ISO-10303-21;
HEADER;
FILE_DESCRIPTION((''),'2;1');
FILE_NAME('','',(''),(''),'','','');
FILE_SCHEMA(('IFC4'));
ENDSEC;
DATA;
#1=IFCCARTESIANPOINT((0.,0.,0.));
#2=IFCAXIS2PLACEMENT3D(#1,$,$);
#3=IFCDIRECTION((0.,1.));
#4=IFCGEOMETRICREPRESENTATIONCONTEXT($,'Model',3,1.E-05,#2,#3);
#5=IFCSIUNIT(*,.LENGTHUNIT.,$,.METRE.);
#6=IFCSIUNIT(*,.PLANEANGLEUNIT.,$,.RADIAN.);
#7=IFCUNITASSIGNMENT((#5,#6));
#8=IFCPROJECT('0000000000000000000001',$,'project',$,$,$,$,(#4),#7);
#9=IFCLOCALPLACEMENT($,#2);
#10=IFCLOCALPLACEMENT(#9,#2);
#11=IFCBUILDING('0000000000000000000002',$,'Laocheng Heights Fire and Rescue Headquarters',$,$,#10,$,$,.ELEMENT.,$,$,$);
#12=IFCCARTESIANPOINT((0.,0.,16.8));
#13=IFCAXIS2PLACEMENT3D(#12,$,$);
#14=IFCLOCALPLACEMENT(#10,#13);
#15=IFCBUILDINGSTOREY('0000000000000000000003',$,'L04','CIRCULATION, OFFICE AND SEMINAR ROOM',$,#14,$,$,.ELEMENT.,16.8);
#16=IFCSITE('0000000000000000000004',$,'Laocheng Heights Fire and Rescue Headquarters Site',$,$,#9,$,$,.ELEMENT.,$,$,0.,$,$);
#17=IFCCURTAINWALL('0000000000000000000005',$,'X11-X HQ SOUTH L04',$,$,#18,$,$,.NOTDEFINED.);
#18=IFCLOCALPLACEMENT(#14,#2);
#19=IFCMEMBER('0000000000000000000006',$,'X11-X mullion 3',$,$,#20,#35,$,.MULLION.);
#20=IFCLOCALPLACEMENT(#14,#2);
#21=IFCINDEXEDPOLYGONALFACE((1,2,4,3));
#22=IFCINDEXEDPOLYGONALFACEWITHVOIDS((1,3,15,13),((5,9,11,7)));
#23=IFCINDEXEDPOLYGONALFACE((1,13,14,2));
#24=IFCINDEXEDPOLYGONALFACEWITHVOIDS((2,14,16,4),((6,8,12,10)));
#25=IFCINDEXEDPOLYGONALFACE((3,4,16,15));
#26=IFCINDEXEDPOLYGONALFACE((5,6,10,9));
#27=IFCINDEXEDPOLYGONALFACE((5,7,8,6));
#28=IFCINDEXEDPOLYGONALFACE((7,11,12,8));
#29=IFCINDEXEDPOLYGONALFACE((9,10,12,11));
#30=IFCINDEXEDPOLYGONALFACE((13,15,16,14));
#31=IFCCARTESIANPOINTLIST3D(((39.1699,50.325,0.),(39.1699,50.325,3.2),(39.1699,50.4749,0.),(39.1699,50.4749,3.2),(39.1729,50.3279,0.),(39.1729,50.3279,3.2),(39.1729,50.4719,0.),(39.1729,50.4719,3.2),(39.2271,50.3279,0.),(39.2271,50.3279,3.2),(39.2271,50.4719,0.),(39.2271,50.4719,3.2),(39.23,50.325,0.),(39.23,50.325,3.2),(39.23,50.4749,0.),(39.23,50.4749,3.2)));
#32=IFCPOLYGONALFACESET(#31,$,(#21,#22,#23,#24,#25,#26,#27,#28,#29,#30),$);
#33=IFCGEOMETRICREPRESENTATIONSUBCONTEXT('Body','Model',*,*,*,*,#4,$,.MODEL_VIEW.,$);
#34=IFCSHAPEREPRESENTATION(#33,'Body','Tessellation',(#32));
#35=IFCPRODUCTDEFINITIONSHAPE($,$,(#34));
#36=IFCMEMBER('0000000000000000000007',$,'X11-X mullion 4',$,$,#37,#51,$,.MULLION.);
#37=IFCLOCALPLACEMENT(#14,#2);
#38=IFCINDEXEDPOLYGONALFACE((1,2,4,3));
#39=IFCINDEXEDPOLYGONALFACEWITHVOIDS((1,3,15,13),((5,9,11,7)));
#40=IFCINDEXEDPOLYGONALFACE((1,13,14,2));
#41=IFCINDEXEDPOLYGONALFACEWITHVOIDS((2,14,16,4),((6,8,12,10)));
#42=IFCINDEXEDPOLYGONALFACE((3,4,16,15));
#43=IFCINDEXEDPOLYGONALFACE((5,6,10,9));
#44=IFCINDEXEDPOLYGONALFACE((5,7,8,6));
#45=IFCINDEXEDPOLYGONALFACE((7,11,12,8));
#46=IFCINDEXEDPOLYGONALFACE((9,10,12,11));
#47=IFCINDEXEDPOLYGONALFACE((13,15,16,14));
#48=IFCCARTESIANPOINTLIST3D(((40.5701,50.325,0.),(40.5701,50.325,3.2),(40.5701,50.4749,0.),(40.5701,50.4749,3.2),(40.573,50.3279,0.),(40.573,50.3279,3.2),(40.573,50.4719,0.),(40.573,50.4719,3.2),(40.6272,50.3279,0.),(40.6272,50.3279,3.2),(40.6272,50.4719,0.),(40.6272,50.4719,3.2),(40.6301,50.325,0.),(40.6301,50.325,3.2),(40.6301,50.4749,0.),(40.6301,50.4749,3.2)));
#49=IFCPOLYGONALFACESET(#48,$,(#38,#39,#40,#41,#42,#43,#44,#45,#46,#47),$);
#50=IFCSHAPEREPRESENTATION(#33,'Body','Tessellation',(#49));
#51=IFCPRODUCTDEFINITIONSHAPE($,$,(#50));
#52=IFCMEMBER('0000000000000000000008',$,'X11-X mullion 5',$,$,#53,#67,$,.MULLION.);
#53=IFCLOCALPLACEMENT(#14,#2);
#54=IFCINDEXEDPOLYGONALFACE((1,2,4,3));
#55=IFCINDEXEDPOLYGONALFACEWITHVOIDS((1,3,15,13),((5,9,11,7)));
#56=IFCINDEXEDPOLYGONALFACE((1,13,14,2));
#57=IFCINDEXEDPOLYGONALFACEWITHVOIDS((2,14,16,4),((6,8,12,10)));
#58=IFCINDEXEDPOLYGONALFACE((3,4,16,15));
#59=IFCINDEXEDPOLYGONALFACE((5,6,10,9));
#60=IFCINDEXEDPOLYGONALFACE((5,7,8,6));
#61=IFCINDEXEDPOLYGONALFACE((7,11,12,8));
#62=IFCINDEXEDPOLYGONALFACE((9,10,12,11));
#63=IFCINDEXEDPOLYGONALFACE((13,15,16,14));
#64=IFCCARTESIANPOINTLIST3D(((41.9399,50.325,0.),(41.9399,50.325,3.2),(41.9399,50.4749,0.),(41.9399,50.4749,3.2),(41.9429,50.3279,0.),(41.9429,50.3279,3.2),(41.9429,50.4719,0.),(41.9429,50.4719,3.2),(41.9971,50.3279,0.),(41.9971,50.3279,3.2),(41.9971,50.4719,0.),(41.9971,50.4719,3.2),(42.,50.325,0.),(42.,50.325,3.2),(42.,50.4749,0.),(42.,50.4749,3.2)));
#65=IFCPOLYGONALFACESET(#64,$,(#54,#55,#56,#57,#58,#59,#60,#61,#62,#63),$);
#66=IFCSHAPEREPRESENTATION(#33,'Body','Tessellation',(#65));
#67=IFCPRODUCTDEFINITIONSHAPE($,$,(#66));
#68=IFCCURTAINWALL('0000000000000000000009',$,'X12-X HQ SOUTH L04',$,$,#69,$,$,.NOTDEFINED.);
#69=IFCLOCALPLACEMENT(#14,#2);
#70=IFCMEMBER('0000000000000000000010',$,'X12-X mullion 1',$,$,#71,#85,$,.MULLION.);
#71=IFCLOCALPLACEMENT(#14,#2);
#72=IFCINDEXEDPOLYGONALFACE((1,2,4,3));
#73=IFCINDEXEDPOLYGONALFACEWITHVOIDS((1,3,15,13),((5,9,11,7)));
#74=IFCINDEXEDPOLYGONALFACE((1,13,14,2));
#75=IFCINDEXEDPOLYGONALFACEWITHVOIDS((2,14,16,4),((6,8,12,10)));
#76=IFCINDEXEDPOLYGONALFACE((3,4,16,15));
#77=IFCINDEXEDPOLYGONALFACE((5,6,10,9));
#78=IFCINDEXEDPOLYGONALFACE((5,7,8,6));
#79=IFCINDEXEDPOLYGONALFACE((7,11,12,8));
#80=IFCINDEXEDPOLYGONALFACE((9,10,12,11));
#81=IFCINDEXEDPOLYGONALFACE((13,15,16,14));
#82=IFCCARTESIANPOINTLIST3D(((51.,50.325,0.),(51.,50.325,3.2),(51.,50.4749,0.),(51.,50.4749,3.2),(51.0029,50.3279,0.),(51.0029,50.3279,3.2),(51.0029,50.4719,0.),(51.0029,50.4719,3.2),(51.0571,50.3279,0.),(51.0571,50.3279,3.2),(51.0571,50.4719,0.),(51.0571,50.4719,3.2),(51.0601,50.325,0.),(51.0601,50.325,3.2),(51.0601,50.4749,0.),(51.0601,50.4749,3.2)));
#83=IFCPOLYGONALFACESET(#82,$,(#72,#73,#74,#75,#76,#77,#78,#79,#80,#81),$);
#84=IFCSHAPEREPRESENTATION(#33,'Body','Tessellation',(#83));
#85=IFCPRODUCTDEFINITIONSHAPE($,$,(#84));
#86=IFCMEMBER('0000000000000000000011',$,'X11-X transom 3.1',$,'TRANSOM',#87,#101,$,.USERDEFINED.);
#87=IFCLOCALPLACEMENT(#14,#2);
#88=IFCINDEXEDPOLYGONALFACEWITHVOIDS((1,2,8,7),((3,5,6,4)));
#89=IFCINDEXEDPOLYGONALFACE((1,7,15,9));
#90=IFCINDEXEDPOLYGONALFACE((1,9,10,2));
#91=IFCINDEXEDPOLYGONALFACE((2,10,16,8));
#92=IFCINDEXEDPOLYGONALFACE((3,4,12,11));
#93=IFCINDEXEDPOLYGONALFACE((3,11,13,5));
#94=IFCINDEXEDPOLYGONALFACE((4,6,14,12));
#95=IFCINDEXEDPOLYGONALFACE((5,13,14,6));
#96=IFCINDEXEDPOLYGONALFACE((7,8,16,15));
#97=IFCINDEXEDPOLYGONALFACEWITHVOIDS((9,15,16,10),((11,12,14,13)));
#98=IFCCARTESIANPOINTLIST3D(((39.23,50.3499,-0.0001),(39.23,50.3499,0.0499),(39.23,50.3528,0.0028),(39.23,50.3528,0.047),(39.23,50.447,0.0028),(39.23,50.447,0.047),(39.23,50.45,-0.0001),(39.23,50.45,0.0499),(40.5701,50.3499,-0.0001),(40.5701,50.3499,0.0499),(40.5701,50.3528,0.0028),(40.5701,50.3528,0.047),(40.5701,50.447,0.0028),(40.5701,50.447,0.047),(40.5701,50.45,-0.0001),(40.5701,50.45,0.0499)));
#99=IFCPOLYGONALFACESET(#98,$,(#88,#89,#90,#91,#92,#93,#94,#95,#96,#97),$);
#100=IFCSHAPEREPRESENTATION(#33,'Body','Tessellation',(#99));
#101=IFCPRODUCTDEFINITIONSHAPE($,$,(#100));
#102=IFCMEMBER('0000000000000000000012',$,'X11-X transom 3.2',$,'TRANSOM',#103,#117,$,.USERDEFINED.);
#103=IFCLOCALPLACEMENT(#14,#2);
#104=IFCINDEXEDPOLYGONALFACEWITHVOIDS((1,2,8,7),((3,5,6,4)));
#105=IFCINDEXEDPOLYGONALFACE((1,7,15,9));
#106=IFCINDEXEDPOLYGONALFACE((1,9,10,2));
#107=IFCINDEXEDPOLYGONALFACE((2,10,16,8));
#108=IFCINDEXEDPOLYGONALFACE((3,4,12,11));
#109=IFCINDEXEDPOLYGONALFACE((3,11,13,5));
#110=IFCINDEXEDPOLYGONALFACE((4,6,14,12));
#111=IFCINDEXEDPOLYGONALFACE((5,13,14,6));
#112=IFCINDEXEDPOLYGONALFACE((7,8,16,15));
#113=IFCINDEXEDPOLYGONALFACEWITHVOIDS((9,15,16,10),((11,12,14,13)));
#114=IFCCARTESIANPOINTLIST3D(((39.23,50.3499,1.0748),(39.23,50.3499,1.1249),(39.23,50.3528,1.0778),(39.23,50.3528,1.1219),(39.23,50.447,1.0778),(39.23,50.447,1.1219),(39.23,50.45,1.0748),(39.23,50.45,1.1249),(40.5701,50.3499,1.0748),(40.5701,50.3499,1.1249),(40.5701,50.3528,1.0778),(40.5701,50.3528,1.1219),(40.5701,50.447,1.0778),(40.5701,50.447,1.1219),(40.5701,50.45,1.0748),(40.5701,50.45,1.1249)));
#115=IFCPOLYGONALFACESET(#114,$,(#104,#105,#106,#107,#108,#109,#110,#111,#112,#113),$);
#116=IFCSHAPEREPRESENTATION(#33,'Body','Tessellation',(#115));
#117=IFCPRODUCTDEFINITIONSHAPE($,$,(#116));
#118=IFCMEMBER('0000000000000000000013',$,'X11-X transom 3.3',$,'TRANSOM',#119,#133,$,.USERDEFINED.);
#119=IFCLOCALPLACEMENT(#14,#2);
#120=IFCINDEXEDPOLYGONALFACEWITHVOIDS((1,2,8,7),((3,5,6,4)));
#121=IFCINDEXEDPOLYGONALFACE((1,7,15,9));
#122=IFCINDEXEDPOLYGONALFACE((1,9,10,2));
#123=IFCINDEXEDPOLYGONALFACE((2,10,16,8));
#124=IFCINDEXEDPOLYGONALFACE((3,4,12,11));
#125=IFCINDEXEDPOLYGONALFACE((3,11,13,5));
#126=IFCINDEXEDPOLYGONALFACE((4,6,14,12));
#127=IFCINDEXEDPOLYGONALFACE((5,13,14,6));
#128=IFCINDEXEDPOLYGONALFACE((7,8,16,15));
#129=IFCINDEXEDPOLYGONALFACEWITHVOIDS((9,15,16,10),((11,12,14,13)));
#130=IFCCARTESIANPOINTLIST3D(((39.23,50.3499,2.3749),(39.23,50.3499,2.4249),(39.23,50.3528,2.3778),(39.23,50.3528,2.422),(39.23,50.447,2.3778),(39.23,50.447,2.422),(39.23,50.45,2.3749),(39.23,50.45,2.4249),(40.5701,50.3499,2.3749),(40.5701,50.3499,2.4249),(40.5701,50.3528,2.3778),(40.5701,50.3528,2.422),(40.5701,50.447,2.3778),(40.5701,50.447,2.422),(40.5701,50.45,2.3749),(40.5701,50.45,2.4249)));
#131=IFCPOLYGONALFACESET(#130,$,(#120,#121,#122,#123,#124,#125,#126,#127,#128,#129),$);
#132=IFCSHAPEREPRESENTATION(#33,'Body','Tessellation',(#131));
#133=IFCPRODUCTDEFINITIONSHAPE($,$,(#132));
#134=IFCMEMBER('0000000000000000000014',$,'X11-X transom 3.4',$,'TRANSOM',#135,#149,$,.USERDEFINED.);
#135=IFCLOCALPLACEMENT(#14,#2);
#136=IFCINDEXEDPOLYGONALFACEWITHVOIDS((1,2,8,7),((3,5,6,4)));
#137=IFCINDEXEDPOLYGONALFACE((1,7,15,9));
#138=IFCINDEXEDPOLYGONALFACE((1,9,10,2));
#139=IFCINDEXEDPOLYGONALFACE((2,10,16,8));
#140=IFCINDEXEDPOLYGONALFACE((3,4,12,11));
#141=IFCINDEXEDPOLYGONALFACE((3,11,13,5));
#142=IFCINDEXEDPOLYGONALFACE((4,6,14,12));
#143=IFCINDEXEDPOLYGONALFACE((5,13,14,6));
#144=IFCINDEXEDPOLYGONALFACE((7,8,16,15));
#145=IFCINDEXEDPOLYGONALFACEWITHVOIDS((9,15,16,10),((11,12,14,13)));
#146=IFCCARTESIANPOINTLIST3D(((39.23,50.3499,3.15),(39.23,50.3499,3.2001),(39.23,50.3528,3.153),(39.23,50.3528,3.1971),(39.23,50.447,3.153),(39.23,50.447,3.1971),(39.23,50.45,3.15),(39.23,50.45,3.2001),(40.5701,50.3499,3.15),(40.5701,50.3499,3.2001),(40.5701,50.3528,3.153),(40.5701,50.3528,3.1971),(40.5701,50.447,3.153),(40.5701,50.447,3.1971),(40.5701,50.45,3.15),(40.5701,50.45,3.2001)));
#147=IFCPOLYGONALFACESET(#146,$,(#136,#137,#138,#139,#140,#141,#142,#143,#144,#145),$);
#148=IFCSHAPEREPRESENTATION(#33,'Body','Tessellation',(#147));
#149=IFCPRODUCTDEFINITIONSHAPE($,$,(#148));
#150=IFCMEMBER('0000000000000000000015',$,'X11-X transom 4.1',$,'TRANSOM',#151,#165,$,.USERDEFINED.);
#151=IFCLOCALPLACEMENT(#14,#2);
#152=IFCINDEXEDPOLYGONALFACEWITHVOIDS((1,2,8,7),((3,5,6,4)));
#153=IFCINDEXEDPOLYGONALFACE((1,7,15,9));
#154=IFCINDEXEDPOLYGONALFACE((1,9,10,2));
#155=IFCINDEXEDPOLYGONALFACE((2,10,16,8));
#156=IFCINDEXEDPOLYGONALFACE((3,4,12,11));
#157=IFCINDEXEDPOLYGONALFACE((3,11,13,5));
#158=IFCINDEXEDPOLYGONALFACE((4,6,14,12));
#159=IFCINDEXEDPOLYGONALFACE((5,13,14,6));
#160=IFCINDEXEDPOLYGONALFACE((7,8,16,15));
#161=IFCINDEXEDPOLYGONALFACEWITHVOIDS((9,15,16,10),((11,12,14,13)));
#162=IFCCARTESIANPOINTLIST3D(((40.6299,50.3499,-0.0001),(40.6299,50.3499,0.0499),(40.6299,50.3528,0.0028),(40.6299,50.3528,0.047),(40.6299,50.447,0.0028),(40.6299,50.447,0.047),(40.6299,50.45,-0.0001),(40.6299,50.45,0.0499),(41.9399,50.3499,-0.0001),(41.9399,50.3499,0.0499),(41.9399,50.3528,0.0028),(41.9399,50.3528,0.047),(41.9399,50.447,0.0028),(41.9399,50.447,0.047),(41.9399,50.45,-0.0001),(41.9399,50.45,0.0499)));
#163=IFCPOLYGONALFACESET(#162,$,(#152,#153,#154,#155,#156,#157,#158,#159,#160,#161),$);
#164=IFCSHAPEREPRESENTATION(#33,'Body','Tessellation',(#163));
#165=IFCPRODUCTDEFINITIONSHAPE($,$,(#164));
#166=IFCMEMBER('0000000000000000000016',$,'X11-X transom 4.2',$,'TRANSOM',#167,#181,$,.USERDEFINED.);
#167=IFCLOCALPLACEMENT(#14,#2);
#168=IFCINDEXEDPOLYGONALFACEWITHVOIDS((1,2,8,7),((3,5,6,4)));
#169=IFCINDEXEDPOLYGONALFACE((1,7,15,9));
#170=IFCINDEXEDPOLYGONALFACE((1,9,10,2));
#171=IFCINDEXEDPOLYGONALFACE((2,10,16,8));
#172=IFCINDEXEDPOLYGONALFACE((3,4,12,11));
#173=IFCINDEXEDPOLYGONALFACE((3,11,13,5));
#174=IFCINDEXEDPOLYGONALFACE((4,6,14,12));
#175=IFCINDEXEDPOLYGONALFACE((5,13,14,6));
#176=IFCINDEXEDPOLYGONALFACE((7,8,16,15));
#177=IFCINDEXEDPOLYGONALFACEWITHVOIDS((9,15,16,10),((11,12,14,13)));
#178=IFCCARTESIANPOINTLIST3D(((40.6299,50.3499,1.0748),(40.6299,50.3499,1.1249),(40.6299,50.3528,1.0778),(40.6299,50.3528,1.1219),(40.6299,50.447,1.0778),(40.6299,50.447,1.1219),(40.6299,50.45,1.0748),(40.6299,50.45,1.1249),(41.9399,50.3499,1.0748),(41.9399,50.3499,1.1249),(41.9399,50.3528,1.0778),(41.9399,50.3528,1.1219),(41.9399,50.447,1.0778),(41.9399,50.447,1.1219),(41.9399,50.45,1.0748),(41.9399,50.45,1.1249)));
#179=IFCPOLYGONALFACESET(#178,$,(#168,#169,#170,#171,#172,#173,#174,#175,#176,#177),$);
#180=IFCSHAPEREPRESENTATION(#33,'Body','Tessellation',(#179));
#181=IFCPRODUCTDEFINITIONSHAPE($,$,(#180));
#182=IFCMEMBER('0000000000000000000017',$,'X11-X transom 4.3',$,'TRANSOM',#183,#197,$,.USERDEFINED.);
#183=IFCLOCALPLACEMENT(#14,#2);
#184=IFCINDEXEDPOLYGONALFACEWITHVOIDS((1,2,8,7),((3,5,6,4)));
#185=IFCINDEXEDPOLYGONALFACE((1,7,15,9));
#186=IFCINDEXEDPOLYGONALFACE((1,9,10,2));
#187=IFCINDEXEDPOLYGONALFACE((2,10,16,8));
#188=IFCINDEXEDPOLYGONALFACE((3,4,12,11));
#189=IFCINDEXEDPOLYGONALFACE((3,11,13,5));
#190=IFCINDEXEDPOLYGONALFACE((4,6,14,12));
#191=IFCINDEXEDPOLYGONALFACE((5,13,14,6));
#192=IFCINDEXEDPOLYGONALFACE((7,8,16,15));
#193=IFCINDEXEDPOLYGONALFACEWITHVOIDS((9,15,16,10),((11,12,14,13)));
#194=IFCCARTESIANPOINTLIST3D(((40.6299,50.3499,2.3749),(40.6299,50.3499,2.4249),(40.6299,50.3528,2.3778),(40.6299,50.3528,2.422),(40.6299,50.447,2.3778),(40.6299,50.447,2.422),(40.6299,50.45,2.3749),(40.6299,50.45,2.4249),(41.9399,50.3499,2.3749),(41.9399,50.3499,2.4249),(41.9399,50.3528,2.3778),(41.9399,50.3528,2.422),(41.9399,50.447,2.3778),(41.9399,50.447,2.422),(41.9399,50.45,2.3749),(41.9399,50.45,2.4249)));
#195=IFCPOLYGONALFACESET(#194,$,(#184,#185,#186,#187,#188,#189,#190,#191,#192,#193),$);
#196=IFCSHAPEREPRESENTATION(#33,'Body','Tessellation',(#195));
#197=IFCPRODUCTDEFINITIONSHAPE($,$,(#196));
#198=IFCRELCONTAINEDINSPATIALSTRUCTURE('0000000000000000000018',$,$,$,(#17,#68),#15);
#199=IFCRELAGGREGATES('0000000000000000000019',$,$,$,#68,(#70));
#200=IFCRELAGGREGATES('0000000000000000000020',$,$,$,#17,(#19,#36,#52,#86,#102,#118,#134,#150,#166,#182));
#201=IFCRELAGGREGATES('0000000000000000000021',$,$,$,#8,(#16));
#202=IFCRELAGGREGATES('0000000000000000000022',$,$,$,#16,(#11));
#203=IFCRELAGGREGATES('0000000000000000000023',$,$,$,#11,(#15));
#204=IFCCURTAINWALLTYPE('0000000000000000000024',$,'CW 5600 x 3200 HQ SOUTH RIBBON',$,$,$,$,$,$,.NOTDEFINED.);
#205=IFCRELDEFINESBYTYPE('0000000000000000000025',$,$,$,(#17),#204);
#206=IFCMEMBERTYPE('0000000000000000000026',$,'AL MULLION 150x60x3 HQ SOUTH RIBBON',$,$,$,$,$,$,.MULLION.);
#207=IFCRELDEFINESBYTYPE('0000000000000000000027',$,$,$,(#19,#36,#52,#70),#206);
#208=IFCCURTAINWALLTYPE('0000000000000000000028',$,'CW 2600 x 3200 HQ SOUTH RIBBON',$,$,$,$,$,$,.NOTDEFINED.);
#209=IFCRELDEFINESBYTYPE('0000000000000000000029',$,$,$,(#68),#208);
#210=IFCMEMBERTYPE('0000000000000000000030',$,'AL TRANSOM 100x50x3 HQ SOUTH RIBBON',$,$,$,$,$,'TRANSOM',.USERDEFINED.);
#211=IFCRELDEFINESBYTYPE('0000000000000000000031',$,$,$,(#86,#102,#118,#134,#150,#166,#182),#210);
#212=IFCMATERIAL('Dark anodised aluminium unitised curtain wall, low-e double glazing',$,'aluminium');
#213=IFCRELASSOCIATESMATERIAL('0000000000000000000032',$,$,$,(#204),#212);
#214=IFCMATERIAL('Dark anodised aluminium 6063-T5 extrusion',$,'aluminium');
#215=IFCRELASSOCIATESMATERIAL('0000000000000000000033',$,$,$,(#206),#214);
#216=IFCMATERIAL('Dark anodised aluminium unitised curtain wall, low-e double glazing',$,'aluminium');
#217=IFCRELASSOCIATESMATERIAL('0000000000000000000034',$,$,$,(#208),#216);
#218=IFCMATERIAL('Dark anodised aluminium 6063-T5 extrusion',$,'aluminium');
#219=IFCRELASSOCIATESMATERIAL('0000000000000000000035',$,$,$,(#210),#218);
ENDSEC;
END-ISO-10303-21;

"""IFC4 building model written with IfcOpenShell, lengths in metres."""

from ifc_helpers import new_model, si_unit, direction, frame, origin, origin_2d, place, context, subcontext, project, spatial, hollow_rectangle, extrude, material, material_profile, profile_set, type_object, element, aggregate, save


model = new_model("IFC4")

# Units and contexts
model_context = context("Model", 3, precision=1e-05, world=origin(), true_north=direction((0.0, 1.0)))
body_context = subcontext(model_context, "Body", "Model", "MODEL_VIEW")
ifc_project = project(units=[si_unit("LENGTHUNIT", "METRE"), si_unit("PLANEANGLEUNIT", "RADIAN")], contexts=[model_context])

# Site, building, storey
site_placement = place(None, origin())
site = spatial("IfcSite", under=ifc_project, at=site_placement, Name="Laocheng Heights Fire and Rescue Headquarters Site", CompositionType="ELEMENT", RefElevation=0.0)
building_placement = place(site_placement, origin())
building = spatial("IfcBuilding", under=site, at=building_placement, Name="Laocheng Heights Fire and Rescue Headquarters", CompositionType="ELEMENT")
storey_placement = place(building_placement, frame((0.0, 0.0, 16.8)))
storey = spatial("IfcBuildingStorey", under=building, at=storey_placement, Name="L04", Description="CIRCULATION, OFFICE AND SEMINAR ROOM", CompositionType="ELEMENT", Elevation=16.8)

# Curtain wall, members
ifc_material_1 = material(Name="Dark anodised aluminium unitised curtain wall, low-e double glazing", Category="aluminium")
curtain_wall_type_1 = type_object("IfcCurtainWallType", Name="CW 5600 x 3200 HQ SOUTH RIBBON", PredefinedType="NOTDEFINED", material=ifc_material_1)
curtain_wall_1_placement = place(storey_placement, origin())
curtain_wall_1 = element("IfcCurtainWall", 1, at=curtain_wall_1_placement, inside=storey, type_object=curtain_wall_type_1, Name="X11-X HQ SOUTH L04", PredefinedType="NOTDEFINED")
ifc_material_2 = material(Name="Dark anodised aluminium 6063-T5 extrusion", Category="aluminium")
ifc_material_profile_1 = material_profile(ifc_material_2, hollow_rectangle(XDim=0.1499, YDim=0.0601, WallThickness=0.0029, at=origin_2d()), Name="AL MULLION 150x60x3 HQ SOUTH RIBBON")
ifc_profile_set_1 = profile_set([ifc_material_profile_1], Name="Dark anodised aluminium 6063-T5 extrusion")
member_type_1 = type_object("IfcMemberType", Name="AL MULLION 150x60x3 HQ SOUTH RIBBON", PredefinedType="MULLION", material=ifc_profile_set_1)
member_1_placement = place(storey_placement, frame((39.2, 50.3999, 0.0), z_axis=(0.0, 0.0, 1.0), x_axis=(0.0, 1.0, 0.0)))
member_1 = element("IfcMember", 2, at=member_1_placement, type_object=member_type_1, Name="X11-X mullion 3", PredefinedType="MULLION", context=body_context, shape_type="SweptSolid", body=[
    extrude(hollow_rectangle(XDim=0.1499, YDim=0.0601, WallThickness=0.0029, at=origin_2d()), origin(), (0.0, 0.0, 1.0), 3.2),
])
member_2_placement = place(storey_placement, frame((40.6001, 50.3999, 0.0), z_axis=(0.0, 0.0, 1.0), x_axis=(0.0, 1.0, 0.0)))
member_2 = element("IfcMember", 3, at=member_2_placement, type_object=member_type_1, Name="X11-X mullion 4", PredefinedType="MULLION", context=body_context, shape_type="SweptSolid", body=[
    extrude(hollow_rectangle(XDim=0.1499, YDim=0.0601, WallThickness=0.0029, at=origin_2d()), origin(), (0.0, 0.0, 1.0), 3.2),
])
member_3_placement = place(storey_placement, frame((41.97, 50.3999, 0.0), z_axis=(0.0, 0.0, 1.0), x_axis=(0.0, 1.0, 0.0)))
member_3 = element("IfcMember", 4, at=member_3_placement, type_object=member_type_1, Name="X11-X mullion 5", PredefinedType="MULLION", context=body_context, shape_type="SweptSolid", body=[
    extrude(hollow_rectangle(XDim=0.1499, YDim=0.0601, WallThickness=0.0029, at=origin_2d()), origin(), (0.0, 0.0, 1.0), 3.2),
])

# Curtain wall, member
ifc_material_3 = material(Name="Dark anodised aluminium unitised curtain wall, low-e double glazing", Category="aluminium")
curtain_wall_type_2 = type_object("IfcCurtainWallType", Name="CW 2600 x 3200 HQ SOUTH RIBBON", PredefinedType="NOTDEFINED", material=ifc_material_3)
curtain_wall_2_placement = place(storey_placement, origin())
curtain_wall_2 = element("IfcCurtainWall", 5, at=curtain_wall_2_placement, inside=storey, type_object=curtain_wall_type_2, Name="X12-X HQ SOUTH L04", PredefinedType="NOTDEFINED")
member_4_placement = place(storey_placement, frame((51.03, 50.3999, 0.0), z_axis=(0.0, 0.0, 1.0), x_axis=(0.0, 1.0, 0.0)))
member_4 = element("IfcMember", 6, at=member_4_placement, type_object=member_type_1, Name="X12-X mullion 1", PredefinedType="MULLION", context=body_context, shape_type="SweptSolid", body=[
    extrude(hollow_rectangle(XDim=0.1499, YDim=0.0601, WallThickness=0.0029, at=origin_2d()), origin(), (0.0, 0.0, 1.0), 3.2),
])

# Members
ifc_material_4 = material(Name="Dark anodised aluminium 6063-T5 extrusion", Category="aluminium")
ifc_material_profile_2 = material_profile(ifc_material_4, hollow_rectangle(XDim=0.1001, YDim=0.05, WallThickness=0.0029, at=origin_2d()), Name="AL TRANSOM 100x50x3 HQ SOUTH RIBBON")
ifc_profile_set_2 = profile_set([ifc_material_profile_2], Name="Dark anodised aluminium 6063-T5 extrusion")
member_type_2 = type_object("IfcMemberType", Name="AL TRANSOM 100x50x3 HQ SOUTH RIBBON", ElementType="TRANSOM", PredefinedType="USERDEFINED", material=ifc_profile_set_2)
member_5_placement = place(storey_placement, frame((39.23, 50.3999, 0.0249), z_axis=(1.0, 0.0, 0.0), x_axis=(0.0, 1.0, 0.0)))
member_5 = element("IfcMember", 7, at=member_5_placement, type_object=member_type_2, Name="X11-X transom 3.1", ObjectType="TRANSOM", PredefinedType="USERDEFINED", context=body_context, shape_type="SweptSolid", body=[
    extrude(hollow_rectangle(XDim=0.1001, YDim=0.05, WallThickness=0.0029, at=origin_2d()), origin(), (0.0, 0.0, 1.0), 1.3401),
])
member_6_placement = place(storey_placement, frame((39.23, 50.3999, 1.0999), z_axis=(1.0, 0.0, 0.0), x_axis=(0.0, 1.0, 0.0)))
member_6 = element("IfcMember", 8, at=member_6_placement, type_object=member_type_2, Name="X11-X transom 3.2", ObjectType="TRANSOM", PredefinedType="USERDEFINED", context=body_context, shape_type="SweptSolid", body=[
    extrude(hollow_rectangle(XDim=0.1001, YDim=0.05, WallThickness=0.0029, at=origin_2d()), origin(), (0.0, 0.0, 1.0), 1.3401),
])
member_7_placement = place(storey_placement, frame((39.23, 50.3999, 2.3999), z_axis=(1.0, 0.0, 0.0), x_axis=(0.0, 1.0, 0.0)))
member_7 = element("IfcMember", 9, at=member_7_placement, type_object=member_type_2, Name="X11-X transom 3.3", ObjectType="TRANSOM", PredefinedType="USERDEFINED", context=body_context, shape_type="SweptSolid", body=[
    extrude(hollow_rectangle(XDim=0.1001, YDim=0.05, WallThickness=0.0029, at=origin_2d()), origin(), (0.0, 0.0, 1.0), 1.3401),
])
member_8_placement = place(storey_placement, frame((39.23, 50.3999, 3.175), z_axis=(1.0, 0.0, 0.0), x_axis=(0.0, 1.0, 0.0)))
member_8 = element("IfcMember", 10, at=member_8_placement, type_object=member_type_2, Name="X11-X transom 3.4", ObjectType="TRANSOM", PredefinedType="USERDEFINED", context=body_context, shape_type="SweptSolid", body=[
    extrude(hollow_rectangle(XDim=0.1001, YDim=0.05, WallThickness=0.0029, at=origin_2d()), origin(), (0.0, 0.0, 1.0), 1.3401),
])
member_9_placement = place(storey_placement, frame((40.6299, 50.3999, 0.0249), z_axis=(1.0, 0.0, 0.0), x_axis=(0.0, 1.0, 0.0)))
member_9 = element("IfcMember", 11, at=member_9_placement, type_object=member_type_2, Name="X11-X transom 4.1", ObjectType="TRANSOM", PredefinedType="USERDEFINED", context=body_context, shape_type="SweptSolid", body=[
    extrude(hollow_rectangle(XDim=0.1001, YDim=0.05, WallThickness=0.0029, at=origin_2d()), origin(), (0.0, 0.0, 1.0), 1.3101),
])
member_10_placement = place(storey_placement, frame((40.6299, 50.3999, 1.0999), z_axis=(1.0, 0.0, 0.0), x_axis=(0.0, 1.0, 0.0)))
member_10 = element("IfcMember", 12, at=member_10_placement, type_object=member_type_2, Name="X11-X transom 4.2", ObjectType="TRANSOM", PredefinedType="USERDEFINED", context=body_context, shape_type="SweptSolid", body=[
    extrude(hollow_rectangle(XDim=0.1001, YDim=0.05, WallThickness=0.0029, at=origin_2d()), origin(), (0.0, 0.0, 1.0), 1.3101),
])
member_11_placement = place(storey_placement, frame((40.6299, 50.3999, 2.3999), z_axis=(1.0, 0.0, 0.0), x_axis=(0.0, 1.0, 0.0)))
member_11 = element("IfcMember", 13, at=member_11_placement, type_object=member_type_2, Name="X11-X transom 4.3", ObjectType="TRANSOM", PredefinedType="USERDEFINED", context=body_context, shape_type="SweptSolid", body=[
    extrude(hollow_rectangle(XDim=0.1001, YDim=0.05, WallThickness=0.0029, at=origin_2d()), origin(), (0.0, 0.0, 1.0), 1.3101),
])

aggregate(curtain_wall_2, [member_4])
aggregate(curtain_wall_1, [member_1, member_2, member_3, member_5, member_6, member_7, member_8, member_9, member_10, member_11])

save(model, "model.ifc")
